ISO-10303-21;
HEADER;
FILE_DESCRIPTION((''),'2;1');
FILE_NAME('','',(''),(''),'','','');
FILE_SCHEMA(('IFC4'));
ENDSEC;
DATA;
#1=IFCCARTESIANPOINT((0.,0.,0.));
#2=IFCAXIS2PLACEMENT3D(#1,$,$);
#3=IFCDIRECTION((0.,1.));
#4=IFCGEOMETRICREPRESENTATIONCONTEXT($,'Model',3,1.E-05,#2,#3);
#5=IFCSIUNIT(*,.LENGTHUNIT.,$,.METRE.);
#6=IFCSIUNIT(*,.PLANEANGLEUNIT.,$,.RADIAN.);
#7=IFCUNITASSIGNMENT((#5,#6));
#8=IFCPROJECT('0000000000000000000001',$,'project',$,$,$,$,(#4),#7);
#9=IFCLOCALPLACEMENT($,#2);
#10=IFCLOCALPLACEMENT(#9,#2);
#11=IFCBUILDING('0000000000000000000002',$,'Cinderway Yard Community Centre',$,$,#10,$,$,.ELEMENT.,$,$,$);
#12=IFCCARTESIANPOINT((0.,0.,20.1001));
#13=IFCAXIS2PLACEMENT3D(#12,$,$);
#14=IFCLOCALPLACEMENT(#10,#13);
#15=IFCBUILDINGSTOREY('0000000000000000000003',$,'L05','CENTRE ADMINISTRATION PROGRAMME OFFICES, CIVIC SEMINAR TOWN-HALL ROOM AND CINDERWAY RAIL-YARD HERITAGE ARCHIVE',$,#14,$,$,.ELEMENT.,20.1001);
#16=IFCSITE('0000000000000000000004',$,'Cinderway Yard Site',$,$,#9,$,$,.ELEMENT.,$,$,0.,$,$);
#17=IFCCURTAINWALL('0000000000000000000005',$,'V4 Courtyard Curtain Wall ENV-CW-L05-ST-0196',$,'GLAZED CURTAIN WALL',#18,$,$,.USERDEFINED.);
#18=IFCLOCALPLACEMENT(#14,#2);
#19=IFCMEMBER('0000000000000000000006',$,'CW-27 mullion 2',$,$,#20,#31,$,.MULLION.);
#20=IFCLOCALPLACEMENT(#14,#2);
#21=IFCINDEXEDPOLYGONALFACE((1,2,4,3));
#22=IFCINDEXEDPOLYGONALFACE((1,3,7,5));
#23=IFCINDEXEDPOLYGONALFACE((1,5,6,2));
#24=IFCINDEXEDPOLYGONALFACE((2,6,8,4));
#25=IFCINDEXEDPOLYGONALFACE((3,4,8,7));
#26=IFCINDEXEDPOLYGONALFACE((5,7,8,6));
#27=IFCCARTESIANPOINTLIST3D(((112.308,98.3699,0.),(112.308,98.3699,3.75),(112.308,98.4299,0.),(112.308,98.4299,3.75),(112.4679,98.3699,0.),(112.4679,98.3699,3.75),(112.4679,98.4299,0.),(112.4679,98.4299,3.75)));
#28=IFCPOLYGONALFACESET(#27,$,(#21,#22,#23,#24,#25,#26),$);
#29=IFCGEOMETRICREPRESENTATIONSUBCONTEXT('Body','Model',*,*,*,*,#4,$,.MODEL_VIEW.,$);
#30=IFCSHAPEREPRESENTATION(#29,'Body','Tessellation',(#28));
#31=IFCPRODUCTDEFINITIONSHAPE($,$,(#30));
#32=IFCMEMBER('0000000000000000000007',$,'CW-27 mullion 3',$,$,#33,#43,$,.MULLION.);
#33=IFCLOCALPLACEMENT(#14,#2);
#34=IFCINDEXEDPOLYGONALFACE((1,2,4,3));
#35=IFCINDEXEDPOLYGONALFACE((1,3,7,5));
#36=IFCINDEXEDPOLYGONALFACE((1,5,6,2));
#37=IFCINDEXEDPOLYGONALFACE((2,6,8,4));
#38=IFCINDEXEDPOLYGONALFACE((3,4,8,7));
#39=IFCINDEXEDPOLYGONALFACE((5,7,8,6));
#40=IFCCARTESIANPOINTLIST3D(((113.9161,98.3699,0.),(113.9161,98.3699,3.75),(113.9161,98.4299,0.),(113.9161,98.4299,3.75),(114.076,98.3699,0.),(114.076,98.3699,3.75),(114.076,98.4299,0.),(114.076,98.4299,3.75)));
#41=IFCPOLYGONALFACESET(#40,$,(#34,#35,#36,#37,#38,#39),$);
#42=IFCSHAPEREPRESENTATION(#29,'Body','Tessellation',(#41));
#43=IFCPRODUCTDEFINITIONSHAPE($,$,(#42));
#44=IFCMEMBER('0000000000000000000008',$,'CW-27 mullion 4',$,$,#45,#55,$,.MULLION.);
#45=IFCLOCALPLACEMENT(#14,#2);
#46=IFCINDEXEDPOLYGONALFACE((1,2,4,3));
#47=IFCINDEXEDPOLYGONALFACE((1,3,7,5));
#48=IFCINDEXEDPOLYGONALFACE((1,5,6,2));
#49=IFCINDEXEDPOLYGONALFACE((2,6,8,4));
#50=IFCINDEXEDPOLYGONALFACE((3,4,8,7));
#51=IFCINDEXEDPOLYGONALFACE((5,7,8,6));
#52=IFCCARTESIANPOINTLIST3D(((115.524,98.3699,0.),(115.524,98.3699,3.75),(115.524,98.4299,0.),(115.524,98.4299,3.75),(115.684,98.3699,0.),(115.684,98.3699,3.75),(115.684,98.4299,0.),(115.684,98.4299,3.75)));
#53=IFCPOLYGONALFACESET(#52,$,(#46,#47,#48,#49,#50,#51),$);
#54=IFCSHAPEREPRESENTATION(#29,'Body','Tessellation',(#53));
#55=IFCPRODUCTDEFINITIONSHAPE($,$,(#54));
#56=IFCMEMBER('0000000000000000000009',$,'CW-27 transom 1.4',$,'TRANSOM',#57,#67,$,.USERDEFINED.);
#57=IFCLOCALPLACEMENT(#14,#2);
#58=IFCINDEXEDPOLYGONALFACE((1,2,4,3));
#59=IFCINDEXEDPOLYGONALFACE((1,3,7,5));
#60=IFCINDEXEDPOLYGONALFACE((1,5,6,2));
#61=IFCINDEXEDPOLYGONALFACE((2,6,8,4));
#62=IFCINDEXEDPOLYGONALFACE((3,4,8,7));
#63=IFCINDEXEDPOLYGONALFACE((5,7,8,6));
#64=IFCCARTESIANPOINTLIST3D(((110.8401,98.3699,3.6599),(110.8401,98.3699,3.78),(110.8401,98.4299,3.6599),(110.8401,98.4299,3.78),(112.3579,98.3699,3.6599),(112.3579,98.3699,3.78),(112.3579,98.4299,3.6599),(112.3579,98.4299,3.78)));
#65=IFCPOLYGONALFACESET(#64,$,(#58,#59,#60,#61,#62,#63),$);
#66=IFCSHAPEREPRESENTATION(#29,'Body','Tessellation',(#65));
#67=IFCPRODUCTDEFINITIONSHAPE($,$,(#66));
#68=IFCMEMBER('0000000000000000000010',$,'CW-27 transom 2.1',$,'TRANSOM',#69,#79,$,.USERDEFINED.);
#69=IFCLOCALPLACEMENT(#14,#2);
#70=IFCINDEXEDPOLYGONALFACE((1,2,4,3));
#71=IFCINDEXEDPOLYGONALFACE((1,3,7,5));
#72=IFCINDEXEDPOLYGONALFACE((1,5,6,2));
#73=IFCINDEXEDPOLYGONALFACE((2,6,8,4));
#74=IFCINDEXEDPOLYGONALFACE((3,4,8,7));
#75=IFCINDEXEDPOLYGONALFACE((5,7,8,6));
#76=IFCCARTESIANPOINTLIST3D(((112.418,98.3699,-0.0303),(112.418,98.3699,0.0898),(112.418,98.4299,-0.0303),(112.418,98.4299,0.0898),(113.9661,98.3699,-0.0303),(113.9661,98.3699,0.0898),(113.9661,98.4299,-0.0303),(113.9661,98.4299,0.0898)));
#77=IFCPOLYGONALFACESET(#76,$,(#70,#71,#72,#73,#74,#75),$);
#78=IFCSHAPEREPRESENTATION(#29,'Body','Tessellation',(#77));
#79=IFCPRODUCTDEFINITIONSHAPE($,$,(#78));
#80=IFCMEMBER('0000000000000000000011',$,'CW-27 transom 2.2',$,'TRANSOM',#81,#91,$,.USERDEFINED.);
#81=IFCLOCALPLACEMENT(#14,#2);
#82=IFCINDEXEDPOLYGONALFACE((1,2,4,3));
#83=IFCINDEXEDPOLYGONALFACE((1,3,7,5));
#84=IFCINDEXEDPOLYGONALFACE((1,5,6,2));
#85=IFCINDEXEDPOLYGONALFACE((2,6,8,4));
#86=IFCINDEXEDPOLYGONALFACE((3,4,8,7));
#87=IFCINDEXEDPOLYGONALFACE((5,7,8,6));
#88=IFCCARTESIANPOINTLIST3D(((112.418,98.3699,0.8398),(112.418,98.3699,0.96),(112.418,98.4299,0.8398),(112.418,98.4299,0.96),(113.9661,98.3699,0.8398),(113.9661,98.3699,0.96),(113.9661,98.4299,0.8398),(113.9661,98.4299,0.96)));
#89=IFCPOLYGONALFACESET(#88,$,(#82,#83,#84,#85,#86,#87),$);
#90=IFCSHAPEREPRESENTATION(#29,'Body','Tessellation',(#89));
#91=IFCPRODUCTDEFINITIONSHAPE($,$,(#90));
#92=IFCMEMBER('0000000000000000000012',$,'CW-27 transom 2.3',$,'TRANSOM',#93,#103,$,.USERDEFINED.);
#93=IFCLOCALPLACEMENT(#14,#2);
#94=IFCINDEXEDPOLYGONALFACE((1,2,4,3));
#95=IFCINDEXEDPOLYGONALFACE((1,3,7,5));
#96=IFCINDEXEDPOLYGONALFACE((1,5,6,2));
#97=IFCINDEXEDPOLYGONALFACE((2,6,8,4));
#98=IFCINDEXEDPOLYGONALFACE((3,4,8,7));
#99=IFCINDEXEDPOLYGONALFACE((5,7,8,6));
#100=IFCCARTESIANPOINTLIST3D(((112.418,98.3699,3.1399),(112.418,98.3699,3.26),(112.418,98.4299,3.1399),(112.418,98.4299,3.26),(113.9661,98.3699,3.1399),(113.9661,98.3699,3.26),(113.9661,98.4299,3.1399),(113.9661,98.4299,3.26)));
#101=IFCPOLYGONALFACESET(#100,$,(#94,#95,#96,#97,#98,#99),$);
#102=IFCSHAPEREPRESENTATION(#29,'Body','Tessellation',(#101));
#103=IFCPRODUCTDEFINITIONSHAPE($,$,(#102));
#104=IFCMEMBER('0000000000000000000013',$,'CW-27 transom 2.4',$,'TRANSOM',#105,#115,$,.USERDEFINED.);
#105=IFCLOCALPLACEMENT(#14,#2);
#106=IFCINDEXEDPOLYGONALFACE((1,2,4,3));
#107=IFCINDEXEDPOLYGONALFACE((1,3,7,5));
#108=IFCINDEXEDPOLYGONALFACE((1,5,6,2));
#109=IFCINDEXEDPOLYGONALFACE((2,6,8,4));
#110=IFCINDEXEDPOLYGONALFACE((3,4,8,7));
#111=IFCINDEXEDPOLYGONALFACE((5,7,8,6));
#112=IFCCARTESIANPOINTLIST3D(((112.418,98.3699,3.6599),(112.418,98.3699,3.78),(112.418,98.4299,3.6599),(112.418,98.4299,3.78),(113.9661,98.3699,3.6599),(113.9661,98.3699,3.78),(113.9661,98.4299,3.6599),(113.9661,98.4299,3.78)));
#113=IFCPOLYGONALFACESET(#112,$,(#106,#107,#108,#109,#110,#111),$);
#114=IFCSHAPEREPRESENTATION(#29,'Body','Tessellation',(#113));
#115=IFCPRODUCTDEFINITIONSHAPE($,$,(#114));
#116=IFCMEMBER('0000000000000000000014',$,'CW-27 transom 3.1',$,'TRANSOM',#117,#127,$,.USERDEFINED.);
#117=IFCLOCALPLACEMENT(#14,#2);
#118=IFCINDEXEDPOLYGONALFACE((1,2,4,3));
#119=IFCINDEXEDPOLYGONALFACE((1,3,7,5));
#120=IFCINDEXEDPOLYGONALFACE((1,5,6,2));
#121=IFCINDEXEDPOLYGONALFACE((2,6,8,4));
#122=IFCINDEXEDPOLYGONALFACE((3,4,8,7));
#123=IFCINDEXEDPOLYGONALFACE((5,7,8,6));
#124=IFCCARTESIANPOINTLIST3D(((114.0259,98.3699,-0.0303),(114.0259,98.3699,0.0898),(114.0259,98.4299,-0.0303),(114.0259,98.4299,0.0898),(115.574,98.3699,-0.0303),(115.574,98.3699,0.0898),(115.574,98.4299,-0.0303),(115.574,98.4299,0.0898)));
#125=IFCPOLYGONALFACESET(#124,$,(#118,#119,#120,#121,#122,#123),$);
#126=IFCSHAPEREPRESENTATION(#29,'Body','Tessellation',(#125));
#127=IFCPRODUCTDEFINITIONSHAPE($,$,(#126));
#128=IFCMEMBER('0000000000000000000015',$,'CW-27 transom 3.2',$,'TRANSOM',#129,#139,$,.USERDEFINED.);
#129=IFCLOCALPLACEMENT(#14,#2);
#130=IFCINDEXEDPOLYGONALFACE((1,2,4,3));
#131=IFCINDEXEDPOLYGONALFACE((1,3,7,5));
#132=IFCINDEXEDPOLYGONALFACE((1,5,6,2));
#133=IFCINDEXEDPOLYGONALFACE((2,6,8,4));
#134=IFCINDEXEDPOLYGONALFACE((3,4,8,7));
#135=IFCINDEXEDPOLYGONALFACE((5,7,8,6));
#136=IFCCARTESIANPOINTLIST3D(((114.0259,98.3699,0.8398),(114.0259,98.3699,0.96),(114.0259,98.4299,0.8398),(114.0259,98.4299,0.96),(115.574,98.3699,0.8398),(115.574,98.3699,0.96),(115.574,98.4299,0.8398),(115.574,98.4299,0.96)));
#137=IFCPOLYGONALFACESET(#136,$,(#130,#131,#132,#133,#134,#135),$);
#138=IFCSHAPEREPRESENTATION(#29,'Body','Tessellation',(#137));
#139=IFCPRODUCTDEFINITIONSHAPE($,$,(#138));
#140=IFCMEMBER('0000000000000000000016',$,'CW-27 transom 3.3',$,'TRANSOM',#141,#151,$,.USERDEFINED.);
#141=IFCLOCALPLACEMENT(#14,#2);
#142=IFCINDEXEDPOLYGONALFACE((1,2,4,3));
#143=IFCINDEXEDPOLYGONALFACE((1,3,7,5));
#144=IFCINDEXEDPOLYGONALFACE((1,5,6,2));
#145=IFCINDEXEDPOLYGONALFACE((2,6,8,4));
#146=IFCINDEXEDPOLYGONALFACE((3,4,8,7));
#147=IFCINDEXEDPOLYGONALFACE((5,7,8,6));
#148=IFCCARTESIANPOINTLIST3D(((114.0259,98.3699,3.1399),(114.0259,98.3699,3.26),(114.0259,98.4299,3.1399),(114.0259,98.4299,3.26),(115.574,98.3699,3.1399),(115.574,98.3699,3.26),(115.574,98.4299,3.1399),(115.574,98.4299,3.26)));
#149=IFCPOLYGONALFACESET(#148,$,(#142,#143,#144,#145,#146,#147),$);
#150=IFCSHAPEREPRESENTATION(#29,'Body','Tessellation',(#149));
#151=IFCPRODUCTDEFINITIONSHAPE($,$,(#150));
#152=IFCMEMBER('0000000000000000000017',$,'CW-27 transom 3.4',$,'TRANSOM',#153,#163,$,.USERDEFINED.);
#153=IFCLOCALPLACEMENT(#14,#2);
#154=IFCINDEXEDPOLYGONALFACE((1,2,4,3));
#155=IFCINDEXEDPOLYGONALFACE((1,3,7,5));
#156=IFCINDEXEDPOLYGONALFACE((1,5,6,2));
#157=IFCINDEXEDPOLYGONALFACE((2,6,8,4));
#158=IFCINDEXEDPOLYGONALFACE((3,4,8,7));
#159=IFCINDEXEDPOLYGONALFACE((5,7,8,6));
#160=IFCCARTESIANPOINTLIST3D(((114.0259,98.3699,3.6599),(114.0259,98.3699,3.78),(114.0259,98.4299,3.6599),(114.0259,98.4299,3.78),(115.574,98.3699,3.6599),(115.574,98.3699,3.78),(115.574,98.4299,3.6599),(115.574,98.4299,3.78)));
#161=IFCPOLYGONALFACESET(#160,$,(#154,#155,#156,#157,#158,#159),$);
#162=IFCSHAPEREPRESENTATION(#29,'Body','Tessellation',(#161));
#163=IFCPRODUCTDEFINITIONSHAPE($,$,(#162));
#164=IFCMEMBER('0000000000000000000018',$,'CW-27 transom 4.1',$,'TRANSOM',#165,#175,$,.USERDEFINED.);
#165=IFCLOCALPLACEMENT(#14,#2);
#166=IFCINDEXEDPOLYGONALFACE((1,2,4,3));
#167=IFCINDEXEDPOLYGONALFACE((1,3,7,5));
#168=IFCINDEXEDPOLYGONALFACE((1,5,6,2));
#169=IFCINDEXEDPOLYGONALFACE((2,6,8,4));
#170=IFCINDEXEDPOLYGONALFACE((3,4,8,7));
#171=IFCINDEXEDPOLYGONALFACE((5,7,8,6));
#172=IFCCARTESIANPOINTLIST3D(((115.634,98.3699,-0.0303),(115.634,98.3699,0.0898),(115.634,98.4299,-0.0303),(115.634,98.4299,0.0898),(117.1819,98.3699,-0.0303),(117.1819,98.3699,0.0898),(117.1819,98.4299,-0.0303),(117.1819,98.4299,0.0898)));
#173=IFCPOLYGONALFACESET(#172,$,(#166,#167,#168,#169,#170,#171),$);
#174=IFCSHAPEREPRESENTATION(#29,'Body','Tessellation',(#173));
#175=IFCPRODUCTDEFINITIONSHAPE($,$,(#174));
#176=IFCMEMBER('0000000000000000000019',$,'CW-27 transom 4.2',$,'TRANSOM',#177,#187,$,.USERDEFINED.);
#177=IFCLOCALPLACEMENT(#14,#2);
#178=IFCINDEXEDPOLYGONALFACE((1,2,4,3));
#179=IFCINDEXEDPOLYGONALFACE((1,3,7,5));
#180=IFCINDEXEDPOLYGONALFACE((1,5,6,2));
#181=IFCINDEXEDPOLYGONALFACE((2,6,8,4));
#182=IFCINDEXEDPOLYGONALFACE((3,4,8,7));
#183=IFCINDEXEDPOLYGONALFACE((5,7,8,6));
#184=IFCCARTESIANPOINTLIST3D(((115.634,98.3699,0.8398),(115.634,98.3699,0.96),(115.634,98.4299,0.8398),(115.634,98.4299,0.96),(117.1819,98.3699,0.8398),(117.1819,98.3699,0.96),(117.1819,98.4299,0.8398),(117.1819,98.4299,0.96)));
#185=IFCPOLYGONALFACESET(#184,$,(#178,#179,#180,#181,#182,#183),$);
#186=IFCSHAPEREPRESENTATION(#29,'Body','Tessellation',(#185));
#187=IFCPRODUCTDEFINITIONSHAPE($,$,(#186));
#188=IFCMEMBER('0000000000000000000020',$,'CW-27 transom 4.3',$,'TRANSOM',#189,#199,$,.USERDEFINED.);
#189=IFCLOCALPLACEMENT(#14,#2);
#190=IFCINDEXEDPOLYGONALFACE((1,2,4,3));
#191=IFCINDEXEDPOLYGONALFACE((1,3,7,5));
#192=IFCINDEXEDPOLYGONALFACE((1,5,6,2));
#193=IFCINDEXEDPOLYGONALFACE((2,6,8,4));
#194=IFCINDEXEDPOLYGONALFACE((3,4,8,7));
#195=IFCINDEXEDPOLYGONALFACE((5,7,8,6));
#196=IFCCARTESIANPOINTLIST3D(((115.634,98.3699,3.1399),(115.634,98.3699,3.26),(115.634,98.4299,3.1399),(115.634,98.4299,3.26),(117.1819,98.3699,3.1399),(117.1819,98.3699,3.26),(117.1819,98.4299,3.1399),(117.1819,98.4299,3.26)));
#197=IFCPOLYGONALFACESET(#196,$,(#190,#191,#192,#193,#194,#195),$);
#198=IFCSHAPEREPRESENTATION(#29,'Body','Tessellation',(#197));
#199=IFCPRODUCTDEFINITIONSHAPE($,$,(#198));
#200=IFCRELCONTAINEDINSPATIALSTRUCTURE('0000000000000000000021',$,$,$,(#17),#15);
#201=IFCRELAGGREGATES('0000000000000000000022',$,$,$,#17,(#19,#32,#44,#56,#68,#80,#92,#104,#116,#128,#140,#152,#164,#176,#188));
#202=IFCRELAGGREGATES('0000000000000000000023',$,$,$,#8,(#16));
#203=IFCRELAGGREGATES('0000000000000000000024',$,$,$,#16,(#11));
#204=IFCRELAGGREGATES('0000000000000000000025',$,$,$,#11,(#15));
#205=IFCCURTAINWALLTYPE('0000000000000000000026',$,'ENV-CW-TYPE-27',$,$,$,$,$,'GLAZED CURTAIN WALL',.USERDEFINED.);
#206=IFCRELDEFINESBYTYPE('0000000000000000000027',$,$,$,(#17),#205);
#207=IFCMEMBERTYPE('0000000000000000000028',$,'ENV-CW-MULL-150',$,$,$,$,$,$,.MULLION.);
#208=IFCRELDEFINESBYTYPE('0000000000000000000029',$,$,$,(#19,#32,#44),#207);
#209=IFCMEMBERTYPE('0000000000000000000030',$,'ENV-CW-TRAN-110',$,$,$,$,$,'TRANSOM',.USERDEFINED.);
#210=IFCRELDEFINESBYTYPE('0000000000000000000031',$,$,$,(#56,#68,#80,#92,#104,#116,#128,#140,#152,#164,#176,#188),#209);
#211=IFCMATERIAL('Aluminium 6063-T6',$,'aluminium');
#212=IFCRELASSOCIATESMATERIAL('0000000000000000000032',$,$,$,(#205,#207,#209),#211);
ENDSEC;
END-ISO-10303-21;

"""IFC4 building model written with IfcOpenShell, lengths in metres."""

from ifc_helpers import new_model, si_unit, direction, frame, origin, origin_2d, place, context, subcontext, project, spatial, rectangle, extrude, material, material_profile, profile_set, type_object, element, aggregate, save


model = new_model("IFC4")

# Units and contexts
model_context = context("Model", 3, precision=1e-05, world=origin(), true_north=direction((0.0, 1.0)))
body_context = subcontext(model_context, "Body", "Model", "MODEL_VIEW")
ifc_project = project(units=[si_unit("LENGTHUNIT", "METRE"), si_unit("PLANEANGLEUNIT", "RADIAN")], contexts=[model_context])

# Site, building, storey
site_placement = place(None, origin())
site = spatial("IfcSite", under=ifc_project, at=site_placement, Name="Cinderway Yard Site", CompositionType="ELEMENT", RefElevation=0.0)
building_placement = place(site_placement, origin())
building = spatial("IfcBuilding", under=site, at=building_placement, Name="Cinderway Yard Community Centre", CompositionType="ELEMENT")
storey_placement = place(building_placement, frame((0.0, 0.0, 20.1001)))
storey = spatial("IfcBuildingStorey", under=building, at=storey_placement, Name="L05", Description="CENTRE ADMINISTRATION PROGRAMME OFFICES, CIVIC SEMINAR TOWN-HALL ROOM AND CINDERWAY RAIL-YARD HERITAGE ARCHIVE", CompositionType="ELEMENT", Elevation=20.1001)

# Curtain wall, members
ifc_material_1 = material(Name="Aluminium 6063-T6", Category="aluminium")
curtain_wall_type = type_object("IfcCurtainWallType", Name="ENV-CW-TYPE-27", ElementType="GLAZED CURTAIN WALL", PredefinedType="USERDEFINED", material=ifc_material_1)
curtain_wall_placement = place(storey_placement, origin())
curtain_wall = element("IfcCurtainWall", 1, at=curtain_wall_placement, inside=storey, type_object=curtain_wall_type, Name="V4 Courtyard Curtain Wall ENV-CW-L05-ST-0196", ObjectType="GLAZED CURTAIN WALL", PredefinedType="USERDEFINED")
ifc_material_profile_1 = material_profile(ifc_material_1, rectangle(XDim=0.0601, YDim=0.1599, at=origin_2d()), Name="Aluminium 6063-T6")
ifc_profile_set_1 = profile_set([ifc_material_profile_1], Name="Aluminium 6063-T6")
member_type_1 = type_object("IfcMemberType", Name="ENV-CW-MULL-150", PredefinedType="MULLION", material=ifc_profile_set_1)
member_1_placement = place(storey_placement, frame((112.3879, 98.3999, 0.0), z_axis=(0.0, 0.0, 1.0), x_axis=(0.0, 1.0, 0.0)))
member_1 = element("IfcMember", 2, at=member_1_placement, type_object=member_type_1, Name="CW-27 mullion 2", PredefinedType="MULLION", context=body_context, shape_type="SweptSolid", body=[
    extrude(rectangle(XDim=0.0601, YDim=0.1599, at=origin_2d()), origin(), (0.0, 0.0, 1.0), 3.75),
])
member_2_placement = place(storey_placement, frame((113.9961, 98.3999, 0.0), z_axis=(0.0, 0.0, 1.0), x_axis=(0.0, 1.0, 0.0)))
member_2 = element("IfcMember", 3, at=member_2_placement, type_object=member_type_1, Name="CW-27 mullion 3", PredefinedType="MULLION", context=body_context, shape_type="SweptSolid", body=[
    extrude(rectangle(XDim=0.0601, YDim=0.1599, at=origin_2d()), origin(), (0.0, 0.0, 1.0), 3.75),
])
member_3_placement = place(storey_placement, frame((115.604, 98.3999, 0.0), z_axis=(0.0, 0.0, 1.0), x_axis=(0.0, 1.0, 0.0)))
member_3 = element("IfcMember", 4, at=member_3_placement, type_object=member_type_1, Name="CW-27 mullion 4", PredefinedType="MULLION", context=body_context, shape_type="SweptSolid", body=[
    extrude(rectangle(XDim=0.0601, YDim=0.1599, at=origin_2d()), origin(), (0.0, 0.0, 1.0), 3.75),
])
ifc_material_profile_2 = material_profile(ifc_material_1, rectangle(XDim=0.0601, YDim=0.1201, at=origin_2d()), Name="Aluminium 6063-T6")
ifc_profile_set_2 = profile_set([ifc_material_profile_2], Name="Aluminium 6063-T6")
member_type_2 = type_object("IfcMemberType", Name="ENV-CW-TRAN-110", ElementType="TRANSOM", PredefinedType="USERDEFINED", material=ifc_profile_set_2)
member_4_placement = place(storey_placement, frame((110.8401, 98.3999, 3.72), z_axis=(1.0, 0.0, 0.0), x_axis=(0.0, 1.0, 0.0)))
member_4 = element("IfcMember", 5, at=member_4_placement, type_object=member_type_2, Name="CW-27 transom 1.4", ObjectType="TRANSOM", PredefinedType="USERDEFINED", context=body_context, shape_type="SweptSolid", body=[
    extrude(rectangle(XDim=0.0601, YDim=0.1201, at=origin_2d()), origin(), (0.0, 0.0, 1.0), 1.5178),
])
member_5_placement = place(storey_placement, frame((112.418, 98.3999, 0.0298), z_axis=(1.0, 0.0, 0.0), x_axis=(0.0, 1.0, 0.0)))
member_5 = element("IfcMember", 6, at=member_5_placement, type_object=member_type_2, Name="CW-27 transom 2.1", ObjectType="TRANSOM", PredefinedType="USERDEFINED", context=body_context, shape_type="SweptSolid", body=[
    extrude(rectangle(XDim=0.0601, YDim=0.1201, at=origin_2d()), origin(), (0.0, 0.0, 1.0), 1.5481),
])
member_6_placement = place(storey_placement, frame((112.418, 98.3999, 0.8999), z_axis=(1.0, 0.0, 0.0), x_axis=(0.0, 1.0, 0.0)))
member_6 = element("IfcMember", 7, at=member_6_placement, type_object=member_type_2, Name="CW-27 transom 2.2", ObjectType="TRANSOM", PredefinedType="USERDEFINED", context=body_context, shape_type="SweptSolid", body=[
    extrude(rectangle(XDim=0.0601, YDim=0.1201, at=origin_2d()), origin(), (0.0, 0.0, 1.0), 1.5481),
])
member_7_placement = place(storey_placement, frame((112.418, 98.3999, 3.2), z_axis=(1.0, 0.0, 0.0), x_axis=(0.0, 1.0, 0.0)))
member_7 = element("IfcMember", 8, at=member_7_placement, type_object=member_type_2, Name="CW-27 transom 2.3", ObjectType="TRANSOM", PredefinedType="USERDEFINED", context=body_context, shape_type="SweptSolid", body=[
    extrude(rectangle(XDim=0.0601, YDim=0.1201, at=origin_2d()), origin(), (0.0, 0.0, 1.0), 1.5481),
])
member_8_placement = place(storey_placement, frame((112.418, 98.3999, 3.72), z_axis=(1.0, 0.0, 0.0), x_axis=(0.0, 1.0, 0.0)))
member_8 = element("IfcMember", 9, at=member_8_placement, type_object=member_type_2, Name="CW-27 transom 2.4", ObjectType="TRANSOM", PredefinedType="USERDEFINED", context=body_context, shape_type="SweptSolid", body=[
    extrude(rectangle(XDim=0.0601, YDim=0.1201, at=origin_2d()), origin(), (0.0, 0.0, 1.0), 1.5481),
])
member_9_placement = place(storey_placement, frame((114.0259, 98.3999, 0.0298), z_axis=(1.0, 0.0, 0.0), x_axis=(0.0, 1.0, 0.0)))
member_9 = element("IfcMember", 10, at=member_9_placement, type_object=member_type_2, Name="CW-27 transom 3.1", ObjectType="TRANSOM", PredefinedType="USERDEFINED", context=body_context, shape_type="SweptSolid", body=[
    extrude(rectangle(XDim=0.0601, YDim=0.1201, at=origin_2d()), origin(), (0.0, 0.0, 1.0), 1.5481),
])
member_10_placement = place(storey_placement, frame((114.0259, 98.3999, 0.8999), z_axis=(1.0, 0.0, 0.0), x_axis=(0.0, 1.0, 0.0)))
member_10 = element("IfcMember", 11, at=member_10_placement, type_object=member_type_2, Name="CW-27 transom 3.2", ObjectType="TRANSOM", PredefinedType="USERDEFINED", context=body_context, shape_type="SweptSolid", body=[
    extrude(rectangle(XDim=0.0601, YDim=0.1201, at=origin_2d()), origin(), (0.0, 0.0, 1.0), 1.5481),
])
member_11_placement = place(storey_placement, frame((114.0259, 98.3999, 3.2), z_axis=(1.0, 0.0, 0.0), x_axis=(0.0, 1.0, 0.0)))
member_11 = element("IfcMember", 12, at=member_11_placement, type_object=member_type_2, Name="CW-27 transom 3.3", ObjectType="TRANSOM", PredefinedType="USERDEFINED", context=body_context, shape_type="SweptSolid", body=[
    extrude(rectangle(XDim=0.0601, YDim=0.1201, at=origin_2d()), origin(), (0.0, 0.0, 1.0), 1.5481),
])
member_12_placement = place(storey_placement, frame((114.0259, 98.3999, 3.72), z_axis=(1.0, 0.0, 0.0), x_axis=(0.0, 1.0, 0.0)))
member_12 = element("IfcMember", 13, at=member_12_placement, type_object=member_type_2, Name="CW-27 transom 3.4", ObjectType="TRANSOM", PredefinedType="USERDEFINED", context=body_context, shape_type="SweptSolid", body=[
    extrude(rectangle(XDim=0.0601, YDim=0.1201, at=origin_2d()), origin(), (0.0, 0.0, 1.0), 1.5481),
])
member_13_placement = place(storey_placement, frame((115.634, 98.3999, 0.0298), z_axis=(1.0, 0.0, 0.0), x_axis=(0.0, 1.0, 0.0)))
member_13 = element("IfcMember", 14, at=member_13_placement, type_object=member_type_2, Name="CW-27 transom 4.1", ObjectType="TRANSOM", PredefinedType="USERDEFINED", context=body_context, shape_type="SweptSolid", body=[
    extrude(rectangle(XDim=0.0601, YDim=0.1201, at=origin_2d()), origin(), (0.0, 0.0, 1.0), 1.5479),
])
member_14_placement = place(storey_placement, frame((115.634, 98.3999, 0.8999), z_axis=(1.0, 0.0, 0.0), x_axis=(0.0, 1.0, 0.0)))
member_14 = element("IfcMember", 15, at=member_14_placement, type_object=member_type_2, Name="CW-27 transom 4.2", ObjectType="TRANSOM", PredefinedType="USERDEFINED", context=body_context, shape_type="SweptSolid", body=[
    extrude(rectangle(XDim=0.0601, YDim=0.1201, at=origin_2d()), origin(), (0.0, 0.0, 1.0), 1.5479),
])
member_15_placement = place(storey_placement, frame((115.634, 98.3999, 3.2), z_axis=(1.0, 0.0, 0.0), x_axis=(0.0, 1.0, 0.0)))
member_15 = element("IfcMember", 16, at=member_15_placement, type_object=member_type_2, Name="CW-27 transom 4.3", ObjectType="TRANSOM", PredefinedType="USERDEFINED", context=body_context, shape_type="SweptSolid", body=[
    extrude(rectangle(XDim=0.0601, YDim=0.1201, at=origin_2d()), origin(), (0.0, 0.0, 1.0), 1.5479),
])

aggregate(curtain_wall, [member_1, member_2, member_3, member_4, member_5, member_6, member_7, member_8, member_9, member_10, member_11, member_12, member_13, member_14, member_15])

save(model, "model.ifc")
